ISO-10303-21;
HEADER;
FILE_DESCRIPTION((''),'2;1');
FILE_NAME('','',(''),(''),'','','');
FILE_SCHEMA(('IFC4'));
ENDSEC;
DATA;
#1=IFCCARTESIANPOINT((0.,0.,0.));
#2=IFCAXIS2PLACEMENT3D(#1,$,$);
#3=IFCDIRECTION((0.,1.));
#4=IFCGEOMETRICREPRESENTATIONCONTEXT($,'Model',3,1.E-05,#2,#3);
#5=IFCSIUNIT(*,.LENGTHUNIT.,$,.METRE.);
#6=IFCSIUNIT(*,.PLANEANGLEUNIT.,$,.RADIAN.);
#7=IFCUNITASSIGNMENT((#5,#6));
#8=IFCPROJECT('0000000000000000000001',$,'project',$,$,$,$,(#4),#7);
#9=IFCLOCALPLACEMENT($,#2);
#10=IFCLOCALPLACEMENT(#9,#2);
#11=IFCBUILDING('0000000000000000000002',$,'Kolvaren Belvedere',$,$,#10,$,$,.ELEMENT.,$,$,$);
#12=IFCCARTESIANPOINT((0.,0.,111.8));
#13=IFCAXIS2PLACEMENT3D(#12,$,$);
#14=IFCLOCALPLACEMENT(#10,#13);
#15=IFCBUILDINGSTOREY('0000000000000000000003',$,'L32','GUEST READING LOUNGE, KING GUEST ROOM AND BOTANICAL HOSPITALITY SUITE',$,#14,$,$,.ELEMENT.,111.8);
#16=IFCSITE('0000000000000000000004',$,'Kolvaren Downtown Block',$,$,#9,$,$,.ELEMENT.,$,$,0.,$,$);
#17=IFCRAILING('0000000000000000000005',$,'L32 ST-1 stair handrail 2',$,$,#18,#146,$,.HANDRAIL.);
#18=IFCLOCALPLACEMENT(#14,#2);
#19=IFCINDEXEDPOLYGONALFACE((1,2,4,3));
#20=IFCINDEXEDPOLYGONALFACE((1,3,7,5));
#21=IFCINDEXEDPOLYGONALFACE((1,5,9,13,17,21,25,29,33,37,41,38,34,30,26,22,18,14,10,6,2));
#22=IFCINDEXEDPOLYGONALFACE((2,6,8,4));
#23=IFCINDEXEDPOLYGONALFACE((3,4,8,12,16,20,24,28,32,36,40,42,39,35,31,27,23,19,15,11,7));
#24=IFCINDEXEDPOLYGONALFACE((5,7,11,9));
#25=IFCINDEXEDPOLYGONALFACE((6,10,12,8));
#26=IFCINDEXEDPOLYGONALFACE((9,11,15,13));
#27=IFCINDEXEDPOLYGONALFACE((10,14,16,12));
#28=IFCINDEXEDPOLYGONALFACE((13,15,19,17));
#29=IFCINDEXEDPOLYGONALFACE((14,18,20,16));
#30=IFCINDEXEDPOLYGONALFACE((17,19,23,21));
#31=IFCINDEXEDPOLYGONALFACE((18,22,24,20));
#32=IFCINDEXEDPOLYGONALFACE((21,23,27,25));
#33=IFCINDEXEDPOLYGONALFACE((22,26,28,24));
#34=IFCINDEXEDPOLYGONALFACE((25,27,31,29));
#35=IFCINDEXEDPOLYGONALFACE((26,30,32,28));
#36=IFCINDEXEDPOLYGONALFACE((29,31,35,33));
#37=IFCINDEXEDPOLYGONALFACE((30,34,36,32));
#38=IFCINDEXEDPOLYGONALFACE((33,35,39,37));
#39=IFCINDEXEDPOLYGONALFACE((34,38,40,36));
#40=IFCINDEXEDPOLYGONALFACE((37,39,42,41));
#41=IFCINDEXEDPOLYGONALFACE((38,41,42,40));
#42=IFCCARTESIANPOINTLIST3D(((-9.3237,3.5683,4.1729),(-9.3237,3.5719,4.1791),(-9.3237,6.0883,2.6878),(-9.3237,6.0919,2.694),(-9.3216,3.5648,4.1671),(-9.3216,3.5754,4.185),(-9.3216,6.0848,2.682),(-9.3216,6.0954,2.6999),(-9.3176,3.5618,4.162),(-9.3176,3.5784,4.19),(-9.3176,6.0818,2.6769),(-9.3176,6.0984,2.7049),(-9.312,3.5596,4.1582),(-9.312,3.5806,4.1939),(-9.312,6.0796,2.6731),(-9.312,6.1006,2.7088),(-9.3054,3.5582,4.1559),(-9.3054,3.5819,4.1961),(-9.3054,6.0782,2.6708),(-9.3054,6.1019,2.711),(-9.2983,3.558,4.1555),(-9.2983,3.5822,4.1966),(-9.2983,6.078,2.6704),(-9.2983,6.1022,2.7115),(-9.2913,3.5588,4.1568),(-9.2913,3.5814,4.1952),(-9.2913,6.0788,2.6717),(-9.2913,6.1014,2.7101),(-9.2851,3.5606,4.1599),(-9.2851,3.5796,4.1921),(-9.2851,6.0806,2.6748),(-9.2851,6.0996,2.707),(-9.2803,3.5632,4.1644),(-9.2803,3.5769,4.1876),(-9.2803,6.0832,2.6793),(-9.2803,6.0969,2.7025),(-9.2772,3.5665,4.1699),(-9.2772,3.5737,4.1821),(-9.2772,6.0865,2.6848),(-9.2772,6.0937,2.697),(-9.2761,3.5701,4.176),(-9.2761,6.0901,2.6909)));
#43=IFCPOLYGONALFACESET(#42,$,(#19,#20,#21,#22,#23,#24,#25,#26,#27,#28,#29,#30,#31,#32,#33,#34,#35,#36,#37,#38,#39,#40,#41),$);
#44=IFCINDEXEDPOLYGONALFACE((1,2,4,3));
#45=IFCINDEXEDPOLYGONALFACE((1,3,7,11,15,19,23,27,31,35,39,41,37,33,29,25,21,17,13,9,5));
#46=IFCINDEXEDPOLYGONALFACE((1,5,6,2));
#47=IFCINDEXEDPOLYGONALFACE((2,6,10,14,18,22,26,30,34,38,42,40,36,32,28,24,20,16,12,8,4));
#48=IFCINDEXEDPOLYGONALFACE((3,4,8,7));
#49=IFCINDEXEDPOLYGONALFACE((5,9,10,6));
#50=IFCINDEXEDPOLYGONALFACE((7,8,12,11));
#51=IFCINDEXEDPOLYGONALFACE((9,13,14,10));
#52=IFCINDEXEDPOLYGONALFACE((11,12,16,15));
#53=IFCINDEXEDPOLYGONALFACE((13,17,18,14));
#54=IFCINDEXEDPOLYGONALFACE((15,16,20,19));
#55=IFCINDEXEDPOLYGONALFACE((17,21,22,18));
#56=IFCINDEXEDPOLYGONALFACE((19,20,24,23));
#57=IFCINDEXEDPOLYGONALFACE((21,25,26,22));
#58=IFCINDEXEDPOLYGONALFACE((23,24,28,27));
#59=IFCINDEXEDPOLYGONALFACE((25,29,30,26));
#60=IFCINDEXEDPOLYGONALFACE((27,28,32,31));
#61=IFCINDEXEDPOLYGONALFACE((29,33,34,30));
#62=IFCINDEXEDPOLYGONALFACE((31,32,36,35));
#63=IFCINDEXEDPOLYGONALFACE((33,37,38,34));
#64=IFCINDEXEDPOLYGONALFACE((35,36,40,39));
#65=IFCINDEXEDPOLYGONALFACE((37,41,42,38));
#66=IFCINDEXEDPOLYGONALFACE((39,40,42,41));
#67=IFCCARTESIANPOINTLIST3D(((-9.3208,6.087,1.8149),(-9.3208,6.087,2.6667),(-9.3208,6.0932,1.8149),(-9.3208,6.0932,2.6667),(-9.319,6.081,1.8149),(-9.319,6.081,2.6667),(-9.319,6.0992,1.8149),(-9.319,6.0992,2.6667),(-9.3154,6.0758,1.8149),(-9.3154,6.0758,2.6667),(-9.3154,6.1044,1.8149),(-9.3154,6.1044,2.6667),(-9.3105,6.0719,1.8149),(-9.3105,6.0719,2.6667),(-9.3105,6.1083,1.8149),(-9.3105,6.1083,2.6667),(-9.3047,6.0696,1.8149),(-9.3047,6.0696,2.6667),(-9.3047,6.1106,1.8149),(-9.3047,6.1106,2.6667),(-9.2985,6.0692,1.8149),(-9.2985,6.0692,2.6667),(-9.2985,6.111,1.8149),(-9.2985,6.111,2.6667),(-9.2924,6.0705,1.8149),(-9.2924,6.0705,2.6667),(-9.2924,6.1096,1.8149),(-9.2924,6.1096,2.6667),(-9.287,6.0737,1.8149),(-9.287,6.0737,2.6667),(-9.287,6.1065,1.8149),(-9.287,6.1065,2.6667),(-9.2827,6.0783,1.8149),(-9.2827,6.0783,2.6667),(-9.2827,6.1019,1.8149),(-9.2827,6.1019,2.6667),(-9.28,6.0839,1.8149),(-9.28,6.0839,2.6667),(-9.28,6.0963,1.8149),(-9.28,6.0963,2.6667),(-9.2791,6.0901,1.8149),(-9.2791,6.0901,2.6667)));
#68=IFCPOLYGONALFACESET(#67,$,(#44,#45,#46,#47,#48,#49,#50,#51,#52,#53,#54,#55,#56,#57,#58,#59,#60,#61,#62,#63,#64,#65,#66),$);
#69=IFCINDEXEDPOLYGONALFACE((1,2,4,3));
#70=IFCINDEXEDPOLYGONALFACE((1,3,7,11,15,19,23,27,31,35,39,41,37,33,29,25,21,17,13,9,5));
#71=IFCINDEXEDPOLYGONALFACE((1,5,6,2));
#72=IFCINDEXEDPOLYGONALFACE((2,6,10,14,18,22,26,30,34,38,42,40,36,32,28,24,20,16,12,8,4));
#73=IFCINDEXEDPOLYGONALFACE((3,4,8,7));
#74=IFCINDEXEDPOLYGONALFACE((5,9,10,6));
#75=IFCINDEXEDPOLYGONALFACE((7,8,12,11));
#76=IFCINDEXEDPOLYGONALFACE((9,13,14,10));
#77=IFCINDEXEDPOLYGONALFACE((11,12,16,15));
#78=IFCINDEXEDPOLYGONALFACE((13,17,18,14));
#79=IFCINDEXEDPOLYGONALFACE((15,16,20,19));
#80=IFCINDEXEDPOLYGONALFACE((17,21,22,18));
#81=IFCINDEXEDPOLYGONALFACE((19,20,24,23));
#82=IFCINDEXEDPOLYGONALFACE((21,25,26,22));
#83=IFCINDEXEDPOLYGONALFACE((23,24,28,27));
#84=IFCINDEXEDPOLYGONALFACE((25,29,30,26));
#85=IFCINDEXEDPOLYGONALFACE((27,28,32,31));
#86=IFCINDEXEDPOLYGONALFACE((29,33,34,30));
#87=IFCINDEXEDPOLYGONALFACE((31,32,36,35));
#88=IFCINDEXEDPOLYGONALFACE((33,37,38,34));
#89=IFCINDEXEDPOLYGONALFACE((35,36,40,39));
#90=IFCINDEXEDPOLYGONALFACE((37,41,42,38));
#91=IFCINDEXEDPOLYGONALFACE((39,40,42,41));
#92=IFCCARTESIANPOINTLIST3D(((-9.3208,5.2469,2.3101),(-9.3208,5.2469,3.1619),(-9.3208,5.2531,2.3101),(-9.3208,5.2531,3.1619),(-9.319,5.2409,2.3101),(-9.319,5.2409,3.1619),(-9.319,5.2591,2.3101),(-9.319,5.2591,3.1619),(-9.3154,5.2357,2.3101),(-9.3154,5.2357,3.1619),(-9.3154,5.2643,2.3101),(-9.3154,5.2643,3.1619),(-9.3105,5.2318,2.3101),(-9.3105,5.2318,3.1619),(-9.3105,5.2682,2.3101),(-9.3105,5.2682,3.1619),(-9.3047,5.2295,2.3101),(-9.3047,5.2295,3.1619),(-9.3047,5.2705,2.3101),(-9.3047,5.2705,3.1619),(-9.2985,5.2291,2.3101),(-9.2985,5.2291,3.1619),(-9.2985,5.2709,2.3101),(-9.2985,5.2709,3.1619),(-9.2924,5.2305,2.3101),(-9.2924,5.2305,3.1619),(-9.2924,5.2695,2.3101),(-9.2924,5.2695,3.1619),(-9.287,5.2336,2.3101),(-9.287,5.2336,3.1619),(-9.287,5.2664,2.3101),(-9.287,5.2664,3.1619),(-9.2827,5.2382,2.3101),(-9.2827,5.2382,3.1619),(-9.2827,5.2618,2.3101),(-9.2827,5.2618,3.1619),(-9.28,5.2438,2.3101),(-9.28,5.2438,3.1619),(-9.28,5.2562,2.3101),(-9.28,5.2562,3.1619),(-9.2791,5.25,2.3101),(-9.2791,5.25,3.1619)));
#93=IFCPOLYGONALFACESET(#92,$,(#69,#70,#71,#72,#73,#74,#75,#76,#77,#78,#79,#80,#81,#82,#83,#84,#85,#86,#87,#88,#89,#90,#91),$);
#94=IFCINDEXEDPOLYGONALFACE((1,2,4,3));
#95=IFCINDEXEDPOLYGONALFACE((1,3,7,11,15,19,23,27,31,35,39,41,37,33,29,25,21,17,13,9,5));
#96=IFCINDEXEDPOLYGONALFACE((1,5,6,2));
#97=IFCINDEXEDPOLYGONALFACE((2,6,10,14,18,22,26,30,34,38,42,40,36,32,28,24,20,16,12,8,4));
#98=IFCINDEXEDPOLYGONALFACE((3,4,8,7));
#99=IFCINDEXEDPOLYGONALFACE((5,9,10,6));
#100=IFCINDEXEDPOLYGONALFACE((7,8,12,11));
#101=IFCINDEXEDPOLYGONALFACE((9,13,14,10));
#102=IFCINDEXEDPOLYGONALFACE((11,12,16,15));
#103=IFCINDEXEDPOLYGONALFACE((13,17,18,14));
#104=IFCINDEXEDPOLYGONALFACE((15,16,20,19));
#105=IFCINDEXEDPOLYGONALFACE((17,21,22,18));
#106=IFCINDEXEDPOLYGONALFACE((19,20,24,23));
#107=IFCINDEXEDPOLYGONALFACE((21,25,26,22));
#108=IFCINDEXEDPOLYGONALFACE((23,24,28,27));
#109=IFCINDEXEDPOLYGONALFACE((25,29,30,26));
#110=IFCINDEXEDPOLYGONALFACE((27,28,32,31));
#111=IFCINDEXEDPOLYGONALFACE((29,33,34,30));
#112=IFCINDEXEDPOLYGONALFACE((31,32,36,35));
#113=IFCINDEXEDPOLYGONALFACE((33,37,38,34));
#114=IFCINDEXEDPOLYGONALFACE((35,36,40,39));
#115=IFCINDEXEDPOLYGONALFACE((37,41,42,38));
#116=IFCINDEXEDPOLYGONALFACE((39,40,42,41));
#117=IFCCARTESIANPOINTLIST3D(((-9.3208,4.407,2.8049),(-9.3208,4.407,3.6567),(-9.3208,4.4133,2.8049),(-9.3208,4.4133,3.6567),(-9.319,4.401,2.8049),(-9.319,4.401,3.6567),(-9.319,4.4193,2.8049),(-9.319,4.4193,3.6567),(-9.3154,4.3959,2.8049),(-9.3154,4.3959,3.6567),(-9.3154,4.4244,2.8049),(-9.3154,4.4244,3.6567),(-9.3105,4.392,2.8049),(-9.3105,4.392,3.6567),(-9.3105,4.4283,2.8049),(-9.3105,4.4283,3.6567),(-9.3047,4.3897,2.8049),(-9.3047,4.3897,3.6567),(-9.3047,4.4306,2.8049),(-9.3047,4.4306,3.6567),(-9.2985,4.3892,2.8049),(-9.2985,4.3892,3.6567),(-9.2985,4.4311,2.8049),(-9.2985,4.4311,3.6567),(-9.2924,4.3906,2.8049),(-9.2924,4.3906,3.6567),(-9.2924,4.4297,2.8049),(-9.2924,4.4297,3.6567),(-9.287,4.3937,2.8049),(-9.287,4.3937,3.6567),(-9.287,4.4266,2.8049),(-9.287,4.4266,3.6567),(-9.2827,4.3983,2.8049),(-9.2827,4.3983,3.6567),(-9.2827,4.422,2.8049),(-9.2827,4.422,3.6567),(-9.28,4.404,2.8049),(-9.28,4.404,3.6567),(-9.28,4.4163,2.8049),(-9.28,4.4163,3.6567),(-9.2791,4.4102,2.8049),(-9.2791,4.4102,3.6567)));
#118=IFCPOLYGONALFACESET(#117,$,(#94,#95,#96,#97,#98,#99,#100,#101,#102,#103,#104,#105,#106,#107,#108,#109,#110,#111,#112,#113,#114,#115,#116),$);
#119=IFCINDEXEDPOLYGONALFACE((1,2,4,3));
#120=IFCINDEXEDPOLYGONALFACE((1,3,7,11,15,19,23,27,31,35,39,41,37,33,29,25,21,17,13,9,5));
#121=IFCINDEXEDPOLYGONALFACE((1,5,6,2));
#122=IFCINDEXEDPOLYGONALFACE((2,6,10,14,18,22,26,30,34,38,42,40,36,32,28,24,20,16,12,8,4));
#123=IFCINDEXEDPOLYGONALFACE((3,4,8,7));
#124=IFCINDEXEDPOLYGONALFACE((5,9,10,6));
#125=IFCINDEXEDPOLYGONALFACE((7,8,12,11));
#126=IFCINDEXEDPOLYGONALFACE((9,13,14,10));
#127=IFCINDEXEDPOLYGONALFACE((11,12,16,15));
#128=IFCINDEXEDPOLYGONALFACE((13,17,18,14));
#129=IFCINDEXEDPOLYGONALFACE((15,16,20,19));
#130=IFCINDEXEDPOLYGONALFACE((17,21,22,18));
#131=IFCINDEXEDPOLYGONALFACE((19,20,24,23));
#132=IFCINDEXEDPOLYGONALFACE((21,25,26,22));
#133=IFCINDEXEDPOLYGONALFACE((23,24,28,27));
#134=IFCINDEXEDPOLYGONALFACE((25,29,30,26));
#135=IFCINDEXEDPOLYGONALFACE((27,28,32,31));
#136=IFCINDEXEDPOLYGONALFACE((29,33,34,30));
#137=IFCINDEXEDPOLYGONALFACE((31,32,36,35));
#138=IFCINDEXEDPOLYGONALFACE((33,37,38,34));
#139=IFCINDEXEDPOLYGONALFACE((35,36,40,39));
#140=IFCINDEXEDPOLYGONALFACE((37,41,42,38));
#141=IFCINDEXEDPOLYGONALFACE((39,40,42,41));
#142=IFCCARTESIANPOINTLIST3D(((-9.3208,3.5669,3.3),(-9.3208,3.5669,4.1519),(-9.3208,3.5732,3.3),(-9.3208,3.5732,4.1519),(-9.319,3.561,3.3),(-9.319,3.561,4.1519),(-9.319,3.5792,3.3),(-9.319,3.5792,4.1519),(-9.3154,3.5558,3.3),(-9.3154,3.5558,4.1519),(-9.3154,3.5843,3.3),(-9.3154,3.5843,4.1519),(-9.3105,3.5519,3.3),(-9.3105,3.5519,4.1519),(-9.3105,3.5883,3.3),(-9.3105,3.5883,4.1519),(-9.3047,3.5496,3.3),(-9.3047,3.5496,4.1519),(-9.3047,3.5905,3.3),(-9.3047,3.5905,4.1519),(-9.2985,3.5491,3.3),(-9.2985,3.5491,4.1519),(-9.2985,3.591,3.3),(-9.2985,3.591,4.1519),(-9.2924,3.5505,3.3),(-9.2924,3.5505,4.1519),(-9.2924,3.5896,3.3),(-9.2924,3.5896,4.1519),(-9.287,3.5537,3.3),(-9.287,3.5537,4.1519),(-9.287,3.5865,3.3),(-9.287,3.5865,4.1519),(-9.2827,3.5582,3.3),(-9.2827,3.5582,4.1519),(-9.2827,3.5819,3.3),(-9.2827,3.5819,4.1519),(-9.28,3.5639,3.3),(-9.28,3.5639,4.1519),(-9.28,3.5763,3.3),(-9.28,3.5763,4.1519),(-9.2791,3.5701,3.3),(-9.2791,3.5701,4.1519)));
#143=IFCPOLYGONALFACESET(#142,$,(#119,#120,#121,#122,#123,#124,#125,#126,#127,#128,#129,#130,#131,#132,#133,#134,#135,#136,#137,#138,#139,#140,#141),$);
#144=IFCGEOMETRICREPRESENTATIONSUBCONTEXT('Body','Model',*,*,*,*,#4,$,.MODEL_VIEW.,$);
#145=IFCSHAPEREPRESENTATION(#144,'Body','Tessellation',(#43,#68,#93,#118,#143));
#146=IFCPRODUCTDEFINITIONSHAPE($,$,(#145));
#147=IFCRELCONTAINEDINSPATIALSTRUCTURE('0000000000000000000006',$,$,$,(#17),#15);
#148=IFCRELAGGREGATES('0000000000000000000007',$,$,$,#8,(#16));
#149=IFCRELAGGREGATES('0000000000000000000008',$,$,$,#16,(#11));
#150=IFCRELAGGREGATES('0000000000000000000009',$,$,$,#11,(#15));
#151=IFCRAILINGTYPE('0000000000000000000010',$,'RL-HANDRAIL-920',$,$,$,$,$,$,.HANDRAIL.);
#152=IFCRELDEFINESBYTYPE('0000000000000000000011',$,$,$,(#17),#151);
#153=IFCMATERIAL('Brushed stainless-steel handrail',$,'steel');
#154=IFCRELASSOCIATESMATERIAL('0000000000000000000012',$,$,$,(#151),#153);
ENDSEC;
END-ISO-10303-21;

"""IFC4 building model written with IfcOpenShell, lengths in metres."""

from ifc_helpers import new_model, si_unit, direction, frame, origin, origin_2d, place, context, subcontext, project, spatial, circle, extrude, material, type_object, element, save


model = new_model("IFC4")

# Units and contexts
model_context = context("Model", 3, precision=1e-05, world=origin(), true_north=direction((0.0, 1.0)))
body_context = subcontext(model_context, "Body", "Model", "MODEL_VIEW")
ifc_project = project(units=[si_unit("LENGTHUNIT", "METRE"), si_unit("PLANEANGLEUNIT", "RADIAN")], contexts=[model_context])

# Site, building, storey
site_placement = place(None, origin())
site = spatial("IfcSite", under=ifc_project, at=site_placement, Name="Kolvaren Downtown Block", CompositionType="ELEMENT", RefElevation=0.0)
building_placement = place(site_placement, origin())
building = spatial("IfcBuilding", under=site, at=building_placement, Name="Kolvaren Belvedere", CompositionType="ELEMENT")
storey_placement = place(building_placement, frame((0.0, 0.0, 111.8)))
storey = spatial("IfcBuildingStorey", under=building, at=storey_placement, Name="L32", Description="GUEST READING LOUNGE, KING GUEST ROOM AND BOTANICAL HOSPITALITY SUITE", CompositionType="ELEMENT", Elevation=111.8)

# Railing
ifc_material_1 = material(Name="Brushed stainless-steel handrail", Category="steel")
railing_type_1 = type_object("IfcRailingType", Name="RL-HANDRAIL-920", PredefinedType="HANDRAIL", material=ifc_material_1)
railing_1_placement = place(storey_placement, frame((-9.3, 6.0901, 1.8149)))
element("IfcRailing", 1, at=railing_1_placement, inside=storey, type_object=railing_type_1, Name="L32 ST-1 stair handrail 2", PredefinedType="HANDRAIL", context=body_context, shape_type="SweptSolid", body=[
    extrude(circle(Radius=0.0239, at=origin_2d()), frame((0.0, 0.0, 0.876), z_axis=(0.0, -0.861524, 0.507717), x_axis=(1.0, 0.0, 0.0)), (0.0, 0.0, 1.0), 2.925),
    extrude(circle(Radius=0.021, at=origin_2d()), origin(), (0.0, 0.0, 1.0), 0.8518),
    extrude(circle(Radius=0.021, at=origin_2d()), frame((0.0, -0.8401, 0.4951)), (0.0, 0.0, 1.0), 0.8518),
    extrude(circle(Radius=0.021, at=origin_2d()), frame((0.0, -1.6799, 0.99)), (0.0, 0.0, 1.0), 0.8518),
    extrude(circle(Radius=0.021, at=origin_2d()), frame((0.0, -2.52, 1.4851)), (0.0, 0.0, 1.0), 0.8518),
])

save(model, "model.ifc")
